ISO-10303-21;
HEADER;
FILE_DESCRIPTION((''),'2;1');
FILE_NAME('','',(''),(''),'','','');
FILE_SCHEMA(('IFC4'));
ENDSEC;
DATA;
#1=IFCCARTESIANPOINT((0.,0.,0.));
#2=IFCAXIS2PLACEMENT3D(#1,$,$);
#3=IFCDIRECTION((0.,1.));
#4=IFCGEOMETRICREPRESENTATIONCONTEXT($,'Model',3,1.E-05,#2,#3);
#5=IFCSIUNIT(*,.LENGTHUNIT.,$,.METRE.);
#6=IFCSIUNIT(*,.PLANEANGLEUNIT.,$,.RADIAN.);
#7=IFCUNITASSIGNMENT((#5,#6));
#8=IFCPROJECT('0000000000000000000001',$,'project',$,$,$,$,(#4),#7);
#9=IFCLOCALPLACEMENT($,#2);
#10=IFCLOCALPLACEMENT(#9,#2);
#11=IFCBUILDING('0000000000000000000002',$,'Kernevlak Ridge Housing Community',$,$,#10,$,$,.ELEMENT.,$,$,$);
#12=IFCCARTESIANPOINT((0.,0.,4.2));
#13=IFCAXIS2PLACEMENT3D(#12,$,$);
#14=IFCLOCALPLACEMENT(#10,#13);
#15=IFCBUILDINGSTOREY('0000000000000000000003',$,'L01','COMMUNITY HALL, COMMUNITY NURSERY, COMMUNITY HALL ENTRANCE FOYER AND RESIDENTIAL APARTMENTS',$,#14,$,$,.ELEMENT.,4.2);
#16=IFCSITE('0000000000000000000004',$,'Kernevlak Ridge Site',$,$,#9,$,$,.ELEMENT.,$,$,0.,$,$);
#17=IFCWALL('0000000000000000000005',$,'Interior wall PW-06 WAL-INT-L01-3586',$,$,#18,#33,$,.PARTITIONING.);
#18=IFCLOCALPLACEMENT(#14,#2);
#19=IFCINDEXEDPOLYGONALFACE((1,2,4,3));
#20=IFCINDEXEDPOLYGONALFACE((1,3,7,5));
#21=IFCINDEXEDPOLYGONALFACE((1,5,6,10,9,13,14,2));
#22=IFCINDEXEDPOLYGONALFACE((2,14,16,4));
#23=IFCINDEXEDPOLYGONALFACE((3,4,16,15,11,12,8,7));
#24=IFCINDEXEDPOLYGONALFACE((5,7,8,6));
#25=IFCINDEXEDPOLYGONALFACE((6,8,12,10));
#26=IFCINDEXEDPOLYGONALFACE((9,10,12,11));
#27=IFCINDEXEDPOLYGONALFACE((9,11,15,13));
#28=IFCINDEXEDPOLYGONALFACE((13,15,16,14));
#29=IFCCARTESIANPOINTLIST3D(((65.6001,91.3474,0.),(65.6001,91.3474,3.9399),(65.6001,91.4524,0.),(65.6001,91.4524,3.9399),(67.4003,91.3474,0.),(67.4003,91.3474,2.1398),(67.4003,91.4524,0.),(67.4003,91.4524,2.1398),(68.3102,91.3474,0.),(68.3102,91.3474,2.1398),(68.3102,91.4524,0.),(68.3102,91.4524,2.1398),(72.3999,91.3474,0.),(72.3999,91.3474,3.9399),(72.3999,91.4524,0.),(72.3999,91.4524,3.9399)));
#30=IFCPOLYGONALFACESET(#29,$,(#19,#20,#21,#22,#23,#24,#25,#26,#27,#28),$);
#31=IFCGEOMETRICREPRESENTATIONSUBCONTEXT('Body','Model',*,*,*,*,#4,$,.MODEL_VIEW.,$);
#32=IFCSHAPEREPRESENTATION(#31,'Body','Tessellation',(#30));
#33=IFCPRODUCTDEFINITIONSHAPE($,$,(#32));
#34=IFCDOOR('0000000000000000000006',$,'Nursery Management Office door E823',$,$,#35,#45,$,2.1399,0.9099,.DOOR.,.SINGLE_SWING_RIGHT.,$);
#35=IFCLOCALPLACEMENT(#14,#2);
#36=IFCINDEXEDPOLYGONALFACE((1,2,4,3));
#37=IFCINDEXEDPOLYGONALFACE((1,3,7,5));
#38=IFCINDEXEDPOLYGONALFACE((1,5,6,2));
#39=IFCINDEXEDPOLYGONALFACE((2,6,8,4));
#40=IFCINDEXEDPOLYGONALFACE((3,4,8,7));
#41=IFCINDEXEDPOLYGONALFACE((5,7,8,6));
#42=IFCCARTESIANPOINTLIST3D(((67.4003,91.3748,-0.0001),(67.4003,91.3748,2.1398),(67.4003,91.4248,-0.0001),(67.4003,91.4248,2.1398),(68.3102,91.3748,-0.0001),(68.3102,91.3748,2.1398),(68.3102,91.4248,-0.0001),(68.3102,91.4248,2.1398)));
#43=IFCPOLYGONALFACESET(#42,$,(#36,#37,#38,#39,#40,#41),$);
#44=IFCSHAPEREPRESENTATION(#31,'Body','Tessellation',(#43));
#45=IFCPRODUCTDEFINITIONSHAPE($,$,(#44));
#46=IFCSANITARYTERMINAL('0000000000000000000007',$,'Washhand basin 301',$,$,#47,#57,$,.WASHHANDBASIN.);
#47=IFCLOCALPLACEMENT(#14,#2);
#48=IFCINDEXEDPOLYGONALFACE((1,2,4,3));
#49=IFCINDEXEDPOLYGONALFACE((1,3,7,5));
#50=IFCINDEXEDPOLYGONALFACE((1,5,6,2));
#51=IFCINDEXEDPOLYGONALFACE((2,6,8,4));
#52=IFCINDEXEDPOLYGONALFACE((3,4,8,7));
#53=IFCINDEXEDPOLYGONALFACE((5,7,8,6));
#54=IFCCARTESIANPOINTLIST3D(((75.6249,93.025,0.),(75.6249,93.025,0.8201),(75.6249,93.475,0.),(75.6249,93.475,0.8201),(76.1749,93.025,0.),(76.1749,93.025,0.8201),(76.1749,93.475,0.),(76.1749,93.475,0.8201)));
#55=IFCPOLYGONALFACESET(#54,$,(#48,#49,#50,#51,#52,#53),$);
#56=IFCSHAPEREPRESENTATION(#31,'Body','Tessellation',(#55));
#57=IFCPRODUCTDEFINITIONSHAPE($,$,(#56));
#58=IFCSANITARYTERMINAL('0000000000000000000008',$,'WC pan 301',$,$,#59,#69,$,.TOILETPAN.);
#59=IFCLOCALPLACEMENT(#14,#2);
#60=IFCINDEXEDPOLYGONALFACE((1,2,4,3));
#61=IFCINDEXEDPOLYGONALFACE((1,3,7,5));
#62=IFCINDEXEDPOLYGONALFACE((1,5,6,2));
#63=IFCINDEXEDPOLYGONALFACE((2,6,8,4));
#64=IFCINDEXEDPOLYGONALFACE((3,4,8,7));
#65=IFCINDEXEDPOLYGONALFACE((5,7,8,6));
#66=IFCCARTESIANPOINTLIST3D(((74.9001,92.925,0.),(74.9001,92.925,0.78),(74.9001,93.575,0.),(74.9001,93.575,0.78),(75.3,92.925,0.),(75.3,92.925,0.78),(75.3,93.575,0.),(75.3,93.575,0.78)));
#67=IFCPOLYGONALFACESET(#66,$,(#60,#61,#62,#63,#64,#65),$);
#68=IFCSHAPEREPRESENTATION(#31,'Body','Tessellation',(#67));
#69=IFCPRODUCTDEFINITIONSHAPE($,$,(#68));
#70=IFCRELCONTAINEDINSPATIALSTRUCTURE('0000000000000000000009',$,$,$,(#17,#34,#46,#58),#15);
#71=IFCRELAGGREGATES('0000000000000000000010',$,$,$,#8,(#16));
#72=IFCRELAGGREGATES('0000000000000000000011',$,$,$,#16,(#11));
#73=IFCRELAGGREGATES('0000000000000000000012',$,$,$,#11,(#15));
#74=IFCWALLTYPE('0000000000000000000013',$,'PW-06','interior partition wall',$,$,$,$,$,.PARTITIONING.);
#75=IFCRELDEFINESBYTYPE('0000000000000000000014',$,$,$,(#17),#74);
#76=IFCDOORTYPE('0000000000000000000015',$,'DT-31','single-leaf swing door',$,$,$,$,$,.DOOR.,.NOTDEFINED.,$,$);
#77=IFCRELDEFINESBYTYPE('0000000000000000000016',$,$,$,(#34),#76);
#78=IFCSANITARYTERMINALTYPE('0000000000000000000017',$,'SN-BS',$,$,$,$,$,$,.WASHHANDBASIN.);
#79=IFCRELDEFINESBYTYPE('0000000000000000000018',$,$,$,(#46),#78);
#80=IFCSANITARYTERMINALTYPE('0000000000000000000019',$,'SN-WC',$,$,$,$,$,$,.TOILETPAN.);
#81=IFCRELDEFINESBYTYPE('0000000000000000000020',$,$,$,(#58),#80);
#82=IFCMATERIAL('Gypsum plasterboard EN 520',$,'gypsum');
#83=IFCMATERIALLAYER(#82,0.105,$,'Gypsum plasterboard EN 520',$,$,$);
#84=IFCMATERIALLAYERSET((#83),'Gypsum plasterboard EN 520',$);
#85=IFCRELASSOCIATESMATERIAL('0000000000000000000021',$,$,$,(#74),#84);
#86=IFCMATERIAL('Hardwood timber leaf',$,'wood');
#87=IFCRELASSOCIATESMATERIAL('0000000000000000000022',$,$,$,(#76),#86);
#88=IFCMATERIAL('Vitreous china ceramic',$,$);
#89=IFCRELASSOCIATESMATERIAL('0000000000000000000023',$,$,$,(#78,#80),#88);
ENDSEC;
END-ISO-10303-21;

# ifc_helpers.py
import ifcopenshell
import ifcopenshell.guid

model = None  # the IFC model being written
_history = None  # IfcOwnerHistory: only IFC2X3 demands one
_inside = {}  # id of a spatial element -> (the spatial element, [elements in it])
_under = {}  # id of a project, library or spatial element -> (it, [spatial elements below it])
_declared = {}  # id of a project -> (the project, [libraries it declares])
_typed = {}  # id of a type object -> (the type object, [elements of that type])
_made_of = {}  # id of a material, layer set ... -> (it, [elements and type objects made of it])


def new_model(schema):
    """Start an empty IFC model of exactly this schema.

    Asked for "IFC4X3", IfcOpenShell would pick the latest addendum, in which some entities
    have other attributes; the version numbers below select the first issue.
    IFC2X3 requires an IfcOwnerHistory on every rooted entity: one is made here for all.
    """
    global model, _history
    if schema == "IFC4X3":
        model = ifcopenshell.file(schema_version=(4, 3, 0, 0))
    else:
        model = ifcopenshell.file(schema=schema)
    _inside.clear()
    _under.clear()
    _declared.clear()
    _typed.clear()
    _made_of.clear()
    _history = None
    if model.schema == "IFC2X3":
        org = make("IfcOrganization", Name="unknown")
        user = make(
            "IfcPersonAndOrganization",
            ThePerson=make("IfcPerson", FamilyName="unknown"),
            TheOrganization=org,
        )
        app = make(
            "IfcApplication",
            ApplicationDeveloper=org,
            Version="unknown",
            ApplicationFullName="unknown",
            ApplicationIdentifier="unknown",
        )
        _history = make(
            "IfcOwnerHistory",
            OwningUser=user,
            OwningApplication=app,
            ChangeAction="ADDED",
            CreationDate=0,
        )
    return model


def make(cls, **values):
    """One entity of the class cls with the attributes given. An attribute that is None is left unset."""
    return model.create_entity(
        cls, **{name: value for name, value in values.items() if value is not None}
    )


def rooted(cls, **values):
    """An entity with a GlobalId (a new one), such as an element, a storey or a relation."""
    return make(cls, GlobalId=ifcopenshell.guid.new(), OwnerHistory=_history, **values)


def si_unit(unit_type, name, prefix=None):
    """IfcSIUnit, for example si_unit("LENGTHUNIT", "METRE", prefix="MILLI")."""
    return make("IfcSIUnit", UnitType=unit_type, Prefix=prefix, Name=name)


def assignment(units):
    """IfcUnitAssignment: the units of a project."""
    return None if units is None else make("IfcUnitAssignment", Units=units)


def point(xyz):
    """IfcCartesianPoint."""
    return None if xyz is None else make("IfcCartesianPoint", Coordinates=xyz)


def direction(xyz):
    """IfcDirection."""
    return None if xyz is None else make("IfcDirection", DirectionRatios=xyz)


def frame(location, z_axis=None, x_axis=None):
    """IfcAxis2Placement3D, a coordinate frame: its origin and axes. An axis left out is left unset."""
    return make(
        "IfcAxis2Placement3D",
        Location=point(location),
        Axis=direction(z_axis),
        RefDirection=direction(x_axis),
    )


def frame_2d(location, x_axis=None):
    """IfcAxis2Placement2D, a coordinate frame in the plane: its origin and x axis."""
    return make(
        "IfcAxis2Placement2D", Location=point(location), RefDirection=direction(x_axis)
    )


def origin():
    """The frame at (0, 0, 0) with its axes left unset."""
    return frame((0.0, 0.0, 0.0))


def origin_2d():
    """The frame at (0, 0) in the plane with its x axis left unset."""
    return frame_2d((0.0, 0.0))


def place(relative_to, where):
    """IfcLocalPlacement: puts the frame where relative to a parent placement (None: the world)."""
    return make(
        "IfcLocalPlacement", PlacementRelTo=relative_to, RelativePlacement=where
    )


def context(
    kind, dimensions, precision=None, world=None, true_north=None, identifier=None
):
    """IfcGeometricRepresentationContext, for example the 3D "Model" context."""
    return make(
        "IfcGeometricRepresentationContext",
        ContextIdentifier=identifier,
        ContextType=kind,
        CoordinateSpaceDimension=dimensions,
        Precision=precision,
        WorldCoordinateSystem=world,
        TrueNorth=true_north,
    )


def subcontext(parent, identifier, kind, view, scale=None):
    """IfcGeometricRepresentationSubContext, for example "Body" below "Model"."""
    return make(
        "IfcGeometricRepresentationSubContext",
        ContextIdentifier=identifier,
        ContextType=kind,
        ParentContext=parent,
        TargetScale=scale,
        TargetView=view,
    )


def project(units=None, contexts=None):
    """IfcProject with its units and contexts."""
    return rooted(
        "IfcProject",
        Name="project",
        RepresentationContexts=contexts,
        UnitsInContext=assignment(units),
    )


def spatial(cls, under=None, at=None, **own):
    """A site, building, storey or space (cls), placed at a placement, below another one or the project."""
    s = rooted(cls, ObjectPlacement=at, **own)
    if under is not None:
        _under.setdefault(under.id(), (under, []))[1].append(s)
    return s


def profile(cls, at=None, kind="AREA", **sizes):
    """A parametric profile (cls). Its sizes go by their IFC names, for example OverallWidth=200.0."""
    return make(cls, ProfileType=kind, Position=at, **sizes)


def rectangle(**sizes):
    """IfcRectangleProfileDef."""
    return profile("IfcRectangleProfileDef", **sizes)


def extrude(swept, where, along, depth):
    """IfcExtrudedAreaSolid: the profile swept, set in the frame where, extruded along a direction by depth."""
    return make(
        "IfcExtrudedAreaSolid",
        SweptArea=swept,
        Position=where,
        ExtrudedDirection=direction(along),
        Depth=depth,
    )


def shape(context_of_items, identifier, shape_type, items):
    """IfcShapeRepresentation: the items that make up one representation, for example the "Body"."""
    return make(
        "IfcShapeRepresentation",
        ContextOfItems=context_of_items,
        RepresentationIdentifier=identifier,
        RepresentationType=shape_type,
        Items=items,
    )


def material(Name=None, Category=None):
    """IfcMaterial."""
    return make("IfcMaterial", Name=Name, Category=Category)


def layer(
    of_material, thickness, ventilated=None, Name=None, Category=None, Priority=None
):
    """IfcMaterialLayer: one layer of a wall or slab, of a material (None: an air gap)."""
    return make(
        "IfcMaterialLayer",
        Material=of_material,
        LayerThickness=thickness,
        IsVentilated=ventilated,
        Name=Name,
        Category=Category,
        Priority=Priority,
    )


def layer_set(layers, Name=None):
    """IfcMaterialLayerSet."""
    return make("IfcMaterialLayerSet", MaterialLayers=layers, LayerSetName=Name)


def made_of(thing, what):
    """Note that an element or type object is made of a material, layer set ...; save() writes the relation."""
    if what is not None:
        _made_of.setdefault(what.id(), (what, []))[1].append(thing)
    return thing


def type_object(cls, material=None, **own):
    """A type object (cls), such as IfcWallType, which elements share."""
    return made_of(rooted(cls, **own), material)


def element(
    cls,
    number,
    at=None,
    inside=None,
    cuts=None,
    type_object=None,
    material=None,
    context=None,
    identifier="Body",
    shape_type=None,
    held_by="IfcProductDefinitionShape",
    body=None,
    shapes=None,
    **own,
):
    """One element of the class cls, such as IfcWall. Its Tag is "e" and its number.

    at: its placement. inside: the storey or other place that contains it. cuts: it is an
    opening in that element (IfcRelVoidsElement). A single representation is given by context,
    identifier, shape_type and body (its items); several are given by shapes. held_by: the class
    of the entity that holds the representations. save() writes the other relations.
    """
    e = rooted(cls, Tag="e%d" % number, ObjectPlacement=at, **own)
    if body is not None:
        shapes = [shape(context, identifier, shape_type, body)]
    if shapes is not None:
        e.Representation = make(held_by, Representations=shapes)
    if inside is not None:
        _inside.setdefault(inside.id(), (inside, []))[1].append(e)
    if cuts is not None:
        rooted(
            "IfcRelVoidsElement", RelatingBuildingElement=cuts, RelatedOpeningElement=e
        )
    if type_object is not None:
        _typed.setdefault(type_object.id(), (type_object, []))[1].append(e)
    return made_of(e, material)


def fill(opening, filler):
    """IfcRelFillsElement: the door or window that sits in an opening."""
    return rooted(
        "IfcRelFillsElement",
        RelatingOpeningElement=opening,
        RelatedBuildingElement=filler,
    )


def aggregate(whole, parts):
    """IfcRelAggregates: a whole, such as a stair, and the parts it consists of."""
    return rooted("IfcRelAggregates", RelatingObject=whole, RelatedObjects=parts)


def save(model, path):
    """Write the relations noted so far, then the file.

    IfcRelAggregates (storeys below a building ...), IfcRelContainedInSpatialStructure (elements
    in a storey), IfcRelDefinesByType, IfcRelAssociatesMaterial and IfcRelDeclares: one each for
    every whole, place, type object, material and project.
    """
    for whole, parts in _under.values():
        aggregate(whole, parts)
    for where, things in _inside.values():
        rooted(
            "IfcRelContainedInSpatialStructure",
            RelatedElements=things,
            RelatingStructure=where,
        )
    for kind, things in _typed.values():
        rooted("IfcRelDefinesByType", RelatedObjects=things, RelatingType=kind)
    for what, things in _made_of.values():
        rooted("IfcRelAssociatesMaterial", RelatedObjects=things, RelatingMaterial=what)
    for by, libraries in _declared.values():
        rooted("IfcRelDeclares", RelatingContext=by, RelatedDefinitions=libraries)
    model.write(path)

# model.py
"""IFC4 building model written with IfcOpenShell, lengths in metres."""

from ifc_helpers import new_model, si_unit, direction, frame, frame_2d, origin, origin_2d, place, context, subcontext, project, spatial, rectangle, extrude, material, layer, layer_set, type_object, element, fill, save


model = new_model("IFC4")

# Units and contexts
model_context = context("Model", 3, precision=1e-05, world=origin(), true_north=direction((0.0, 1.0)))
body_context = subcontext(model_context, "Body", "Model", "MODEL_VIEW")
ifc_project = project(units=[si_unit("LENGTHUNIT", "METRE"), si_unit("PLANEANGLEUNIT", "RADIAN")], contexts=[model_context])

# Site, building, storey
site_placement = place(None, origin())
site = spatial("IfcSite", under=ifc_project, at=site_placement, Name="Kernevlak Ridge Site", CompositionType="ELEMENT", RefElevation=0.0)
building_placement = place(site_placement, origin())
building = spatial("IfcBuilding", under=site, at=building_placement, Name="Kernevlak Ridge Housing Community", CompositionType="ELEMENT")
storey_placement = place(building_placement, frame((0.0, 0.0, 4.2)))
storey = spatial("IfcBuildingStorey", under=building, at=storey_placement, Name="L01", Description="COMMUNITY HALL, COMMUNITY NURSERY, COMMUNITY HALL ENTRANCE FOYER AND RESIDENTIAL APARTMENTS", CompositionType="ELEMENT", Elevation=4.2)

# Shared definitions
ifc_material_1 = material(Name="Hardwood timber leaf", Category="wood")

# Wall, opening, door
ifc_material_2 = material(Name="Gypsum plasterboard EN 520", Category="gypsum")
ifc_layer_1 = layer(ifc_material_2, 0.105, Name="Gypsum plasterboard EN 520")
ifc_layer_set_1 = layer_set([ifc_layer_1], Name="Gypsum plasterboard EN 520")
wall_type_1 = type_object("IfcWallType", Name="PW-06", Description="interior partition wall", PredefinedType="PARTITIONING", material=ifc_layer_set_1)
wall_1_placement = place(storey_placement, frame((65.6001, 91.3999, 0.0), z_axis=(0.0, 0.0, 1.0), x_axis=(1.0, 0.0, 0.0)))
wall_1 = element("IfcWall", 1, at=wall_1_placement, inside=storey, type_object=wall_type_1, Name="Interior wall PW-06 WAL-INT-L01-3586", PredefinedType="PARTITIONING", context=body_context, shape_type="SweptSolid", body=[
    extrude(rectangle(XDim=6.7998, YDim=0.105, at=frame_2d((3.3999, 0.0))), origin(), (0.0, 0.0, 1.0), 3.9399),
])
opening_1_placement = place(wall_1_placement, frame((1.8, 0.0, 0.0)))
opening_1 = element("IfcOpeningElement", 2, at=opening_1_placement, cuts=wall_1, PredefinedType="OPENING", context=body_context, shape_type="SweptSolid", body=[
    extrude(rectangle(XDim=0.9099, YDim=2.1399, at=frame_2d((0.4551, 1.0698))), frame((0.0, 0.0625, 0.0), z_axis=(0.0, -1.0, 0.0), x_axis=(1.0, 0.0, 0.0)), (0.0, 0.0, 1.0), 0.125),
])
door_type_1 = type_object("IfcDoorType", Name="DT-31", Description="single-leaf swing door", OperationType="NOTDEFINED", PredefinedType="DOOR", material=ifc_material_1)
door_1_placement = place(opening_1_placement, origin())
door_1 = element("IfcDoor", 3, at=door_1_placement, inside=storey, type_object=door_type_1, Name="Nursery Management Office door E823", OperationType="SINGLE_SWING_RIGHT", OverallHeight=2.1399, OverallWidth=0.9099, PredefinedType="DOOR", context=body_context, shape_type="SweptSolid", body=[
    extrude(rectangle(XDim=0.9099, YDim=2.1399, at=frame_2d((0.4551, 1.0698))), frame((0.0, 0.0249, 0.0), z_axis=(0.0, -1.0, 0.0), x_axis=(1.0, 0.0, 0.0)), (0.0, 0.0, 1.0), 0.05),
])
fill(opening_1, door_1)

# Sanitary terminals
ifc_material_3 = material(Name="Vitreous china ceramic")
sanitary_terminal_type_1 = type_object("IfcSanitaryTerminalType", Name="SN-BS", PredefinedType="WASHHANDBASIN", material=ifc_material_3)
sanitary_terminal_1_placement = place(storey_placement, frame((75.8999, 93.25, 0.0), z_axis=(0.0, 0.0, 1.0), x_axis=(1.0, 0.0, 0.0)))
element("IfcSanitaryTerminal", 4, at=sanitary_terminal_1_placement, inside=storey, type_object=sanitary_terminal_type_1, Name="Washhand basin 301", PredefinedType="WASHHANDBASIN", context=body_context, shape_type="SweptSolid", body=[
    extrude(rectangle(XDim=0.55, YDim=0.45, at=origin_2d()), origin(), (0.0, 0.0, 1.0), 0.8201),
])
sanitary_terminal_type_2 = type_object("IfcSanitaryTerminalType", Name="SN-WC", PredefinedType="TOILETPAN", material=ifc_material_3)
sanitary_terminal_2_placement = place(storey_placement, frame((75.1001, 93.25, 0.0), z_axis=(0.0, 0.0, 1.0), x_axis=(1.0, 0.0, 0.0)))
element("IfcSanitaryTerminal", 5, at=sanitary_terminal_2_placement, inside=storey, type_object=sanitary_terminal_type_2, Name="WC pan 301", PredefinedType="TOILETPAN", context=body_context, shape_type="SweptSolid", body=[
    extrude(rectangle(XDim=0.3999, YDim=0.6499, at=origin_2d()), origin(), (0.0, 0.0, 1.0), 0.78),
])

save(model, "model.ifc")
